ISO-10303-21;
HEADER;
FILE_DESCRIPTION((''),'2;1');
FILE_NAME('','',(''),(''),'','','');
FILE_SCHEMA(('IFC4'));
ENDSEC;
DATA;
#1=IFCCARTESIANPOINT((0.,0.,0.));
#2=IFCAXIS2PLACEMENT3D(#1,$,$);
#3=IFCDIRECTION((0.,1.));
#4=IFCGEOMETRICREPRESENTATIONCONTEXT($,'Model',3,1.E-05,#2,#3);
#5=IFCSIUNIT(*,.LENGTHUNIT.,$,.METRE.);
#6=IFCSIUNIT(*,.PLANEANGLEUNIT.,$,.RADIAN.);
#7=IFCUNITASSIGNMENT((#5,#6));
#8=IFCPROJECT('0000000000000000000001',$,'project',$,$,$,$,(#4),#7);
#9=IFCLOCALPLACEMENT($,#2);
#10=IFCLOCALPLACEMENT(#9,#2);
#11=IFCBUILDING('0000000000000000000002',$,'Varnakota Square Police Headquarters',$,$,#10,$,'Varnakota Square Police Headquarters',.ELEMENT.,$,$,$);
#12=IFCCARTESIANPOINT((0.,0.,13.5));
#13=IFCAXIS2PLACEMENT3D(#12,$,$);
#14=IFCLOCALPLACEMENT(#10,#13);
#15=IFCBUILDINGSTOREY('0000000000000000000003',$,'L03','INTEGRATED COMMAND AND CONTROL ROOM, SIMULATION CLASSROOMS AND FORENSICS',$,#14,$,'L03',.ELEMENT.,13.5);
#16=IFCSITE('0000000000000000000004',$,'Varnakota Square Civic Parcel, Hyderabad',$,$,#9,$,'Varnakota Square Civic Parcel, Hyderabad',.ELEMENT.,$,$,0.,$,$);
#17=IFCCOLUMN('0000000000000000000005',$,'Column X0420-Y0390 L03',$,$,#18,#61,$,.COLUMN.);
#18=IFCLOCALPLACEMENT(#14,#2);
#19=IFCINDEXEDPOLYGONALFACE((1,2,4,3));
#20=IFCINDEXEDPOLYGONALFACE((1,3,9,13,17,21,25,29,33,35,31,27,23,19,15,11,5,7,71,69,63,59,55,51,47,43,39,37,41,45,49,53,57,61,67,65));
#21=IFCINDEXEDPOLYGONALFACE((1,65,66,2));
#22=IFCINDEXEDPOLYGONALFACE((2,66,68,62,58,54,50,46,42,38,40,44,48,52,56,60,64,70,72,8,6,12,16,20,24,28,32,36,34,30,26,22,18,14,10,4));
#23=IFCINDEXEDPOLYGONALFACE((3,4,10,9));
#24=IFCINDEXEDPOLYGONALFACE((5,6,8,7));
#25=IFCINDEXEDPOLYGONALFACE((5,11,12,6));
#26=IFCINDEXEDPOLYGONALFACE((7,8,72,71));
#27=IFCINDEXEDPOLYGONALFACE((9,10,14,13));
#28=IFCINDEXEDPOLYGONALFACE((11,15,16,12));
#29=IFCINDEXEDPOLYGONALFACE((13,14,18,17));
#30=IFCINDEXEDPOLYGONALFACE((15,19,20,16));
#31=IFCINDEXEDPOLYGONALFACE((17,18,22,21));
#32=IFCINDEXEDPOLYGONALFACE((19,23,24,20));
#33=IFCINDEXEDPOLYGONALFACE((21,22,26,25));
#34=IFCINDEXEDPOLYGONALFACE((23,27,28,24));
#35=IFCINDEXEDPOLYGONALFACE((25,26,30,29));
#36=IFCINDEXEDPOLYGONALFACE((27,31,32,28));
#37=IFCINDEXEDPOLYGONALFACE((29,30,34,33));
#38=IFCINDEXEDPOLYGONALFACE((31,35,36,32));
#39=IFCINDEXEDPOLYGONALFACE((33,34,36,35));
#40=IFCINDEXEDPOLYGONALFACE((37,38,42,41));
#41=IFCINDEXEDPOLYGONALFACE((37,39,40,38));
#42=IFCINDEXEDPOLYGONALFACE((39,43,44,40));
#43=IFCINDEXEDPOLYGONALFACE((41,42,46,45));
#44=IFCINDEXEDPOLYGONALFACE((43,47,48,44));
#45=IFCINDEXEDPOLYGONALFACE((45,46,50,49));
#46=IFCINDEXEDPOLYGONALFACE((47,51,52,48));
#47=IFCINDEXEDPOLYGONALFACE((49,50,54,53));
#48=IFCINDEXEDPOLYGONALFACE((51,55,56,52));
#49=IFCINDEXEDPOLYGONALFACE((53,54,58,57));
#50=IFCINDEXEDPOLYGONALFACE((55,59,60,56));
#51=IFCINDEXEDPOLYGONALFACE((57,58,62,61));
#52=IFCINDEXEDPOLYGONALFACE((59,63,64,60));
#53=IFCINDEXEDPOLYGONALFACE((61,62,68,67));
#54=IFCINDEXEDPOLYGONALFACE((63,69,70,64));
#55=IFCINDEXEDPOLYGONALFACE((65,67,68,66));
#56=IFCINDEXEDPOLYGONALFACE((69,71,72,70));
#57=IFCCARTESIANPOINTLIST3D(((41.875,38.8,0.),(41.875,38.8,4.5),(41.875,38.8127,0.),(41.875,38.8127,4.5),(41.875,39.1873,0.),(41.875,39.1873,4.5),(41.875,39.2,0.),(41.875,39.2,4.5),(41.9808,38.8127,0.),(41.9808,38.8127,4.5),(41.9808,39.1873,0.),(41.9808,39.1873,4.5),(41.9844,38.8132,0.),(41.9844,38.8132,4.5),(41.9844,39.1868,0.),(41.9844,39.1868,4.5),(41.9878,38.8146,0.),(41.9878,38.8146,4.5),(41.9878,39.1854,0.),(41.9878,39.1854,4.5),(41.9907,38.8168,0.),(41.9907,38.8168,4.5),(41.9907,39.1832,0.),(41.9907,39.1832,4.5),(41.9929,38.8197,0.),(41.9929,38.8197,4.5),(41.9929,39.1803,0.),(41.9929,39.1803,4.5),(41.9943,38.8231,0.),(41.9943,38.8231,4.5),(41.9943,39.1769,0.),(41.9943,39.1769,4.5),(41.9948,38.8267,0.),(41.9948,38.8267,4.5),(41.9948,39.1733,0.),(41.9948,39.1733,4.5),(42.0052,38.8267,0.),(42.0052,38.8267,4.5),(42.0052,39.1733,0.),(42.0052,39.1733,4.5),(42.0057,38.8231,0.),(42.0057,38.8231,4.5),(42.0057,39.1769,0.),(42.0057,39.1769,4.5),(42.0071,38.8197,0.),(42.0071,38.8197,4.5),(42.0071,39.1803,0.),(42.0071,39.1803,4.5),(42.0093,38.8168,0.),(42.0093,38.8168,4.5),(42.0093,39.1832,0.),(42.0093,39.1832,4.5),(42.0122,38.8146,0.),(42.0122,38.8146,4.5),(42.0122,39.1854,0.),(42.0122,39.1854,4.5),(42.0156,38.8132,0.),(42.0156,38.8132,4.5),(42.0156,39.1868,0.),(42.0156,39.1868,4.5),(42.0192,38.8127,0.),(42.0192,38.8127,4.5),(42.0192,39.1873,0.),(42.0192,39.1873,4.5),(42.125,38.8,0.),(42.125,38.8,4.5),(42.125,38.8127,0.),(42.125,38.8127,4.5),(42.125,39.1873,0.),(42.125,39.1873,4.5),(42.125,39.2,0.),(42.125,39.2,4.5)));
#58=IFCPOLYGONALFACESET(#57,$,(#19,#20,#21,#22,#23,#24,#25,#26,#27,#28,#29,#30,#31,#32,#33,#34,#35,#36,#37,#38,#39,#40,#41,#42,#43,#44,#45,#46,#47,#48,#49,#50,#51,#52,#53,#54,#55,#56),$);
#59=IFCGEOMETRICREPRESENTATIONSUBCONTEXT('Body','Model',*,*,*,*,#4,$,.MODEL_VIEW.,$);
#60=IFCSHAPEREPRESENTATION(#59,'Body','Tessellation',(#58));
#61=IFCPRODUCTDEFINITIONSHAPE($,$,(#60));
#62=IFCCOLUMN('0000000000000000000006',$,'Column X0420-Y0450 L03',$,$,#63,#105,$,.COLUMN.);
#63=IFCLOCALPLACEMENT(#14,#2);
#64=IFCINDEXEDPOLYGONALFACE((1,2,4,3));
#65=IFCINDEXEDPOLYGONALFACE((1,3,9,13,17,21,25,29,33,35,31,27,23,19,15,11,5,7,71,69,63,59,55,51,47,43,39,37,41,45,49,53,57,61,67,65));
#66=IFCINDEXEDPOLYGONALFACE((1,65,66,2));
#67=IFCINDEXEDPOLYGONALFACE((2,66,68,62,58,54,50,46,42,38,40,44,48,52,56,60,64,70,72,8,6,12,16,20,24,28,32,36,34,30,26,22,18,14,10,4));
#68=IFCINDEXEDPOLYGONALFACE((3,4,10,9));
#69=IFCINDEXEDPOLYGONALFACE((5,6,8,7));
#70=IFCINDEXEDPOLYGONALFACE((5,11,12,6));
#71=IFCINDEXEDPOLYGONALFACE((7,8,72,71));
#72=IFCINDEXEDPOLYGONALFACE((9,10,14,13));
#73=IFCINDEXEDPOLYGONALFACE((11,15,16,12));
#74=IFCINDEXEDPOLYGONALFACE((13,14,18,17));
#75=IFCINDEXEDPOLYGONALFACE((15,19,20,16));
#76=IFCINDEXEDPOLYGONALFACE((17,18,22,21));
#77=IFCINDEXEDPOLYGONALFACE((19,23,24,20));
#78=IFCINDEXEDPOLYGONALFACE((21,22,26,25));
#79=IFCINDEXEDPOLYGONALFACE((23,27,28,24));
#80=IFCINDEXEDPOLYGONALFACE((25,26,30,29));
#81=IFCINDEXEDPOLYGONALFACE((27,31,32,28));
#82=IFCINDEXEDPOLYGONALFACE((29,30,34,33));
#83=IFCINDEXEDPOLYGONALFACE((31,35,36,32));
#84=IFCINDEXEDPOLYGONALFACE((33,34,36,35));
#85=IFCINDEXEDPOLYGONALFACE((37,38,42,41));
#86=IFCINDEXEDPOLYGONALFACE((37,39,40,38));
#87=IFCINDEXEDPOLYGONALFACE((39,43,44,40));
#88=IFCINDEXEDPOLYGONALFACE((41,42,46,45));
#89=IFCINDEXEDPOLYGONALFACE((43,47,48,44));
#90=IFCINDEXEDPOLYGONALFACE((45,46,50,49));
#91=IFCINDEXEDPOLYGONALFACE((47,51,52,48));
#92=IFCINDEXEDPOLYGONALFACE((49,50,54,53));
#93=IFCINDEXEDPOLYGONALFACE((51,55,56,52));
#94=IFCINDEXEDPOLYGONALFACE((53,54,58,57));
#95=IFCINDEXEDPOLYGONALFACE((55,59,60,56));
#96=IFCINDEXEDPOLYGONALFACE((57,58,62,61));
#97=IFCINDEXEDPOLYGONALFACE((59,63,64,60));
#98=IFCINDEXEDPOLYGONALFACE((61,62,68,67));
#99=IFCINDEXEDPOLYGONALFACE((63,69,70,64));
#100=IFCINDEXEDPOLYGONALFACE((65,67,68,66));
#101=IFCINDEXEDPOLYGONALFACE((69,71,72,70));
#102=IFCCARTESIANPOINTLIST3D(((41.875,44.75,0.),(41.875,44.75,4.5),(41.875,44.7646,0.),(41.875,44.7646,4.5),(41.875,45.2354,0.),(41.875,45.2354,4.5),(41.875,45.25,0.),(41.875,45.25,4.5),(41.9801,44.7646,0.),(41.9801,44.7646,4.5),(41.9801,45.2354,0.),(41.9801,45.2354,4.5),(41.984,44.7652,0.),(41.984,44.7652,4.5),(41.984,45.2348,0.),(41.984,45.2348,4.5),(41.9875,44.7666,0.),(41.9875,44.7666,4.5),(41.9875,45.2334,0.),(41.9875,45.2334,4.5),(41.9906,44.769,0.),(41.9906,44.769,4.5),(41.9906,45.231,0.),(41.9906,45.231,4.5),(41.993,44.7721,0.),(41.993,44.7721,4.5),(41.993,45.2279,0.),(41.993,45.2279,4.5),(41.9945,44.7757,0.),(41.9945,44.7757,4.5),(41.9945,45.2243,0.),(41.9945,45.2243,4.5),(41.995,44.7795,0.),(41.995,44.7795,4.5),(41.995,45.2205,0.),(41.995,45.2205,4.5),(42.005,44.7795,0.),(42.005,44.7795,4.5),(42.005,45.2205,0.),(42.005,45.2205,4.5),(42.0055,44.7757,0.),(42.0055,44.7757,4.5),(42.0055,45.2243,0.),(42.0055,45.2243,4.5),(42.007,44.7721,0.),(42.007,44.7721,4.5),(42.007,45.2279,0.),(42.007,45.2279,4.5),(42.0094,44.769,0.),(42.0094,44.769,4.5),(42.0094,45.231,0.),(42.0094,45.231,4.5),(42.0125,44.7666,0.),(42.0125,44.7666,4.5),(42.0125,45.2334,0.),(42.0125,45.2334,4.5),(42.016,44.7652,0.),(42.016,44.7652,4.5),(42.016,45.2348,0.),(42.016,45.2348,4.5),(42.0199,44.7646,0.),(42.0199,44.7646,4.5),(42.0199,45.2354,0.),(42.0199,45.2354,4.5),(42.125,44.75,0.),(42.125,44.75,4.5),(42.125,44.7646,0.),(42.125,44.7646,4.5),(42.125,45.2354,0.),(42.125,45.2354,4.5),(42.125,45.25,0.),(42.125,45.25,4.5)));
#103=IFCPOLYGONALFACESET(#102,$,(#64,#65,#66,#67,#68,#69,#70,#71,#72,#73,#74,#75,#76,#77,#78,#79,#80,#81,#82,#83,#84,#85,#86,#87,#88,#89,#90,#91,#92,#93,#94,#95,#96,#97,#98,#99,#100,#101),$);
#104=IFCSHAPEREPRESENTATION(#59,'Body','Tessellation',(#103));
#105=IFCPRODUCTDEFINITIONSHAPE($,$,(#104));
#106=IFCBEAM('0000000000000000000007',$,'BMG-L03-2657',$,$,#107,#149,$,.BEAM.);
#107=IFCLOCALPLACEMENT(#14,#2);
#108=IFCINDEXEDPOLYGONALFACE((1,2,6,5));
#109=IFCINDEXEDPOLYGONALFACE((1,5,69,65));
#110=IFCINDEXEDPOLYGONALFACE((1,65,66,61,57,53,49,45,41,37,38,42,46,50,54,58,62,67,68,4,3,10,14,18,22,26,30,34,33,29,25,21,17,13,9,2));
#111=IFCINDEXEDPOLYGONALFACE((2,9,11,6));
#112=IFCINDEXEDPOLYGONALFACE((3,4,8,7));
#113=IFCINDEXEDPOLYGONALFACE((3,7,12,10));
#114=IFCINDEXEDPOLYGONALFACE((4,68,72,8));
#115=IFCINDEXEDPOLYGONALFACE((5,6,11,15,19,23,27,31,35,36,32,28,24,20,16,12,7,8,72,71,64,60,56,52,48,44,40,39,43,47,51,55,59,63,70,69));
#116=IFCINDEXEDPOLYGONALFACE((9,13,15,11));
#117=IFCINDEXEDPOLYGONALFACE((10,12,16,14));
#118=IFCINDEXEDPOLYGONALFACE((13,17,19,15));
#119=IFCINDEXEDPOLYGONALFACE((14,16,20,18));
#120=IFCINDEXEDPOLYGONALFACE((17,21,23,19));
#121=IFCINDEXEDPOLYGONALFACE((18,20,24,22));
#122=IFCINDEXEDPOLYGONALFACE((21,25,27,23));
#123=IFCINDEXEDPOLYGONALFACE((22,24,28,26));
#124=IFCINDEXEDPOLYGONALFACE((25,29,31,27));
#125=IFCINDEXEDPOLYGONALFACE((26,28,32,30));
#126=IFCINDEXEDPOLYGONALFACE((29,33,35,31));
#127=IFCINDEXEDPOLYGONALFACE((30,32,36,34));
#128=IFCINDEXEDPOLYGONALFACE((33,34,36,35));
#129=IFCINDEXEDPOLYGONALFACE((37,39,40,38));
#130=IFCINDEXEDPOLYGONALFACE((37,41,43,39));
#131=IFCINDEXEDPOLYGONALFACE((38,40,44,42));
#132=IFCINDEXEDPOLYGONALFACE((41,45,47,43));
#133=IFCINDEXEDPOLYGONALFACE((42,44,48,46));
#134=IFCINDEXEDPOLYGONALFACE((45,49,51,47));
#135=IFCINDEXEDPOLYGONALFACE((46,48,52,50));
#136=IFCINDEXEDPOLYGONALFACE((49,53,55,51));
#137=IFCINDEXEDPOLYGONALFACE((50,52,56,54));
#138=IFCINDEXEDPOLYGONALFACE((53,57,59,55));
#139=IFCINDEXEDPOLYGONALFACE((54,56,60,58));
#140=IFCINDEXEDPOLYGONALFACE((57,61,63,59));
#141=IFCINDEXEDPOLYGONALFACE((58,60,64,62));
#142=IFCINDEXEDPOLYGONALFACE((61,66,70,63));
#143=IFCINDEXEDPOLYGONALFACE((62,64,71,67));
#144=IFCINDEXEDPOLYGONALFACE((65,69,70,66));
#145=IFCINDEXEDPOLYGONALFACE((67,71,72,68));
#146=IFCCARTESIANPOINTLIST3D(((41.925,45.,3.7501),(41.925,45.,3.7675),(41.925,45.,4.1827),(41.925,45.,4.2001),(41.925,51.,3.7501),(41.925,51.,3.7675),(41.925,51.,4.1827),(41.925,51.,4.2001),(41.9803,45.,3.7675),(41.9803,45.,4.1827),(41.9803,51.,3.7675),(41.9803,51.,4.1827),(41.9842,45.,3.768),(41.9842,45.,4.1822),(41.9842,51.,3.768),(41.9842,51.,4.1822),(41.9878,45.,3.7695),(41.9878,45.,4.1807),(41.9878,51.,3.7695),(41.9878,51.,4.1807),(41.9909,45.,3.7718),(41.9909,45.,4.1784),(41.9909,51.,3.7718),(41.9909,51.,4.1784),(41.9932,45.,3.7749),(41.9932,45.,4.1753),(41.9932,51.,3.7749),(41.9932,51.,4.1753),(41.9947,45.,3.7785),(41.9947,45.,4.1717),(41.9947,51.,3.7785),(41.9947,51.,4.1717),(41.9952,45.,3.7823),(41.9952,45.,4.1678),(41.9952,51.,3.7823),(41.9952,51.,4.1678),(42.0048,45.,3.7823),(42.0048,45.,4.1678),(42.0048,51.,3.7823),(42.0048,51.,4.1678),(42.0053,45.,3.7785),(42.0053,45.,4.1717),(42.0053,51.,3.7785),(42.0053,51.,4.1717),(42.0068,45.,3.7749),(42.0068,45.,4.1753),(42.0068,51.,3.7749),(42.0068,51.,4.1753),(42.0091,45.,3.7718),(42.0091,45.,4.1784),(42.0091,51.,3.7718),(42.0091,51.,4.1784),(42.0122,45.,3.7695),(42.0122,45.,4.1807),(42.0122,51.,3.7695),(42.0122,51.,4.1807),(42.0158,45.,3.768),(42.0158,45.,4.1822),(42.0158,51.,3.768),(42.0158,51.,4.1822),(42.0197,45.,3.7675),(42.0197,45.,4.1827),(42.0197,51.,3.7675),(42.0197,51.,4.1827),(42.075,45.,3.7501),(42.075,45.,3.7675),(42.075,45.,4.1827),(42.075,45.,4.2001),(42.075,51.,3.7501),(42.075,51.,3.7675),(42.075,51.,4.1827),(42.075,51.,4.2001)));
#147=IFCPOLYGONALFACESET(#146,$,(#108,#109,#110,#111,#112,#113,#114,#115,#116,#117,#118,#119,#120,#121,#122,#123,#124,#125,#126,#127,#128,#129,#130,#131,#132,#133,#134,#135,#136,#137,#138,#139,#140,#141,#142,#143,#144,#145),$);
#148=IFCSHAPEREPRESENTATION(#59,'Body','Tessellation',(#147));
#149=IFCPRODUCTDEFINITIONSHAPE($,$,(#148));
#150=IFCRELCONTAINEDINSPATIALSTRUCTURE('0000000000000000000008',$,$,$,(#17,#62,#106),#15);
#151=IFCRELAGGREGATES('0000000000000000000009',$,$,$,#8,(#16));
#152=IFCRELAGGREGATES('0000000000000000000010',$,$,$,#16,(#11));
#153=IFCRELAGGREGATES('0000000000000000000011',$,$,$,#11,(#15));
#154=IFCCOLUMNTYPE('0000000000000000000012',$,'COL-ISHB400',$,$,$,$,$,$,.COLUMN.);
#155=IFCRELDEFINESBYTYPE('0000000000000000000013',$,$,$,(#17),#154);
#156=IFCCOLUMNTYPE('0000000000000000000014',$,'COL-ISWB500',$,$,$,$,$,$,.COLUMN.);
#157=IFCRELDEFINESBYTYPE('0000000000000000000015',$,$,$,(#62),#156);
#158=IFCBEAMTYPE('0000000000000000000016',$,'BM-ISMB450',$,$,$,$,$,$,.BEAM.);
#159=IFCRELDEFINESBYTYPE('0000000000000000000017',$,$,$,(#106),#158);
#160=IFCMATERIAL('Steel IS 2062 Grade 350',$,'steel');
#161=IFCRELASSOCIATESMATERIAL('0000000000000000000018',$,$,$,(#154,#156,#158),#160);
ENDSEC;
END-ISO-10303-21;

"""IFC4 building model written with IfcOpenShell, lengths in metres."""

from ifc_helpers import new_model, si_unit, direction, frame, origin, origin_2d, place, context, subcontext, project, spatial, i_section, extrude, material, material_profile, profile_set, type_object, element, save


model = new_model("IFC4")

# Units and contexts
model_context = context("Model", 3, precision=1e-05, world=origin(), true_north=direction((0.0, 1.0)))
body_context = subcontext(model_context, "Body", "Model", "MODEL_VIEW")
ifc_project = project(units=[si_unit("LENGTHUNIT", "METRE"), si_unit("PLANEANGLEUNIT", "RADIAN")], contexts=[model_context])

# Site, building, storey
site_placement = place(None, origin())
site = spatial("IfcSite", under=ifc_project, at=site_placement, Name="Varnakota Square Civic Parcel, Hyderabad", LongName="Varnakota Square Civic Parcel, Hyderabad", CompositionType="ELEMENT", RefElevation=0.0)
building_placement = place(site_placement, origin())
building = spatial("IfcBuilding", under=site, at=building_placement, Name="Varnakota Square Police Headquarters", LongName="Varnakota Square Police Headquarters", CompositionType="ELEMENT")
storey_placement = place(building_placement, frame((0.0, 0.0, 13.5)))
storey = spatial("IfcBuildingStorey", under=building, at=storey_placement, Name="L03", Description="INTEGRATED COMMAND AND CONTROL ROOM, SIMULATION CLASSROOMS AND FORENSICS", LongName="L03", CompositionType="ELEMENT", Elevation=13.5)

# Columns
ifc_material_1 = material(Name="Steel IS 2062 Grade 350", Category="steel")
ifc_material_profile_1 = material_profile(ifc_material_1, i_section(OverallWidth=0.25, OverallDepth=0.3999, WebThickness=0.0105, FlangeThickness=0.0127, FilletRadius=0.0139, at=origin_2d()), Name="ISHB 400")
ifc_profile_set_1 = profile_set([ifc_material_profile_1], Name="Steel IS 2062 Grade 350")
column_type_1 = type_object("IfcColumnType", Name="COL-ISHB400", PredefinedType="COLUMN", material=ifc_profile_set_1)
column_1_placement = place(storey_placement, frame((42.0, 39.0, 0.0), z_axis=(0.0, 0.0, 1.0), x_axis=(1.0, 0.0, 0.0)))
element("IfcColumn", 1, at=column_1_placement, inside=storey, type_object=column_type_1, Name="Column X0420-Y0390 L03", PredefinedType="COLUMN", context=body_context, shape_type="SweptSolid", body=[
    extrude(i_section(OverallWidth=0.25, OverallDepth=0.3999, WebThickness=0.0105, FlangeThickness=0.0127, FilletRadius=0.0139, at=origin_2d()), origin(), (0.0, 0.0, 1.0), 4.5),
])
ifc_material_profile_2 = material_profile(ifc_material_1, i_section(OverallWidth=0.25, OverallDepth=0.5, WebThickness=0.01, FlangeThickness=0.0146, FilletRadius=0.0149, at=origin_2d()), Name="ISWB 500")
ifc_profile_set_2 = profile_set([ifc_material_profile_2], Name="Steel IS 2062 Grade 350")
column_type_2 = type_object("IfcColumnType", Name="COL-ISWB500", PredefinedType="COLUMN", material=ifc_profile_set_2)
column_2_placement = place(storey_placement, frame((42.0, 45.0, 0.0), z_axis=(0.0, 0.0, 1.0), x_axis=(1.0, 0.0, 0.0)))
element("IfcColumn", 2, at=column_2_placement, inside=storey, type_object=column_type_2, Name="Column X0420-Y0450 L03", PredefinedType="COLUMN", context=body_context, shape_type="SweptSolid", body=[
    extrude(i_section(OverallWidth=0.25, OverallDepth=0.5, WebThickness=0.01, FlangeThickness=0.0146, FilletRadius=0.0149, at=origin_2d()), origin(), (0.0, 0.0, 1.0), 4.5),
])

# Beam
ifc_material_profile_3 = material_profile(ifc_material_1, i_section(OverallWidth=0.1499, OverallDepth=0.45, WebThickness=0.0095, FlangeThickness=0.0173, FilletRadius=0.0149, at=origin_2d()), Name="ISMB 450")
ifc_profile_set_3 = profile_set([ifc_material_profile_3], Name="Steel IS 2062 Grade 350")
beam_type_1 = type_object("IfcBeamType", Name="BM-ISMB450", PredefinedType="BEAM", material=ifc_profile_set_3)
beam_1_placement = place(storey_placement, frame((42.0, 45.0, 3.9751), z_axis=(0.0, 1.0, 0.0), x_axis=(-1.0, 0.0, 0.0)))
element("IfcBeam", 3, at=beam_1_placement, inside=storey, type_object=beam_type_1, Name="BMG-L03-2657", PredefinedType="BEAM", context=body_context, shape_type="SweptSolid", body=[
    extrude(i_section(OverallWidth=0.1499, OverallDepth=0.45, WebThickness=0.0095, FlangeThickness=0.0173, FilletRadius=0.0149, at=origin_2d()), origin(), (0.0, 0.0, 1.0), 6.0),
])

save(model, "model.ifc")
